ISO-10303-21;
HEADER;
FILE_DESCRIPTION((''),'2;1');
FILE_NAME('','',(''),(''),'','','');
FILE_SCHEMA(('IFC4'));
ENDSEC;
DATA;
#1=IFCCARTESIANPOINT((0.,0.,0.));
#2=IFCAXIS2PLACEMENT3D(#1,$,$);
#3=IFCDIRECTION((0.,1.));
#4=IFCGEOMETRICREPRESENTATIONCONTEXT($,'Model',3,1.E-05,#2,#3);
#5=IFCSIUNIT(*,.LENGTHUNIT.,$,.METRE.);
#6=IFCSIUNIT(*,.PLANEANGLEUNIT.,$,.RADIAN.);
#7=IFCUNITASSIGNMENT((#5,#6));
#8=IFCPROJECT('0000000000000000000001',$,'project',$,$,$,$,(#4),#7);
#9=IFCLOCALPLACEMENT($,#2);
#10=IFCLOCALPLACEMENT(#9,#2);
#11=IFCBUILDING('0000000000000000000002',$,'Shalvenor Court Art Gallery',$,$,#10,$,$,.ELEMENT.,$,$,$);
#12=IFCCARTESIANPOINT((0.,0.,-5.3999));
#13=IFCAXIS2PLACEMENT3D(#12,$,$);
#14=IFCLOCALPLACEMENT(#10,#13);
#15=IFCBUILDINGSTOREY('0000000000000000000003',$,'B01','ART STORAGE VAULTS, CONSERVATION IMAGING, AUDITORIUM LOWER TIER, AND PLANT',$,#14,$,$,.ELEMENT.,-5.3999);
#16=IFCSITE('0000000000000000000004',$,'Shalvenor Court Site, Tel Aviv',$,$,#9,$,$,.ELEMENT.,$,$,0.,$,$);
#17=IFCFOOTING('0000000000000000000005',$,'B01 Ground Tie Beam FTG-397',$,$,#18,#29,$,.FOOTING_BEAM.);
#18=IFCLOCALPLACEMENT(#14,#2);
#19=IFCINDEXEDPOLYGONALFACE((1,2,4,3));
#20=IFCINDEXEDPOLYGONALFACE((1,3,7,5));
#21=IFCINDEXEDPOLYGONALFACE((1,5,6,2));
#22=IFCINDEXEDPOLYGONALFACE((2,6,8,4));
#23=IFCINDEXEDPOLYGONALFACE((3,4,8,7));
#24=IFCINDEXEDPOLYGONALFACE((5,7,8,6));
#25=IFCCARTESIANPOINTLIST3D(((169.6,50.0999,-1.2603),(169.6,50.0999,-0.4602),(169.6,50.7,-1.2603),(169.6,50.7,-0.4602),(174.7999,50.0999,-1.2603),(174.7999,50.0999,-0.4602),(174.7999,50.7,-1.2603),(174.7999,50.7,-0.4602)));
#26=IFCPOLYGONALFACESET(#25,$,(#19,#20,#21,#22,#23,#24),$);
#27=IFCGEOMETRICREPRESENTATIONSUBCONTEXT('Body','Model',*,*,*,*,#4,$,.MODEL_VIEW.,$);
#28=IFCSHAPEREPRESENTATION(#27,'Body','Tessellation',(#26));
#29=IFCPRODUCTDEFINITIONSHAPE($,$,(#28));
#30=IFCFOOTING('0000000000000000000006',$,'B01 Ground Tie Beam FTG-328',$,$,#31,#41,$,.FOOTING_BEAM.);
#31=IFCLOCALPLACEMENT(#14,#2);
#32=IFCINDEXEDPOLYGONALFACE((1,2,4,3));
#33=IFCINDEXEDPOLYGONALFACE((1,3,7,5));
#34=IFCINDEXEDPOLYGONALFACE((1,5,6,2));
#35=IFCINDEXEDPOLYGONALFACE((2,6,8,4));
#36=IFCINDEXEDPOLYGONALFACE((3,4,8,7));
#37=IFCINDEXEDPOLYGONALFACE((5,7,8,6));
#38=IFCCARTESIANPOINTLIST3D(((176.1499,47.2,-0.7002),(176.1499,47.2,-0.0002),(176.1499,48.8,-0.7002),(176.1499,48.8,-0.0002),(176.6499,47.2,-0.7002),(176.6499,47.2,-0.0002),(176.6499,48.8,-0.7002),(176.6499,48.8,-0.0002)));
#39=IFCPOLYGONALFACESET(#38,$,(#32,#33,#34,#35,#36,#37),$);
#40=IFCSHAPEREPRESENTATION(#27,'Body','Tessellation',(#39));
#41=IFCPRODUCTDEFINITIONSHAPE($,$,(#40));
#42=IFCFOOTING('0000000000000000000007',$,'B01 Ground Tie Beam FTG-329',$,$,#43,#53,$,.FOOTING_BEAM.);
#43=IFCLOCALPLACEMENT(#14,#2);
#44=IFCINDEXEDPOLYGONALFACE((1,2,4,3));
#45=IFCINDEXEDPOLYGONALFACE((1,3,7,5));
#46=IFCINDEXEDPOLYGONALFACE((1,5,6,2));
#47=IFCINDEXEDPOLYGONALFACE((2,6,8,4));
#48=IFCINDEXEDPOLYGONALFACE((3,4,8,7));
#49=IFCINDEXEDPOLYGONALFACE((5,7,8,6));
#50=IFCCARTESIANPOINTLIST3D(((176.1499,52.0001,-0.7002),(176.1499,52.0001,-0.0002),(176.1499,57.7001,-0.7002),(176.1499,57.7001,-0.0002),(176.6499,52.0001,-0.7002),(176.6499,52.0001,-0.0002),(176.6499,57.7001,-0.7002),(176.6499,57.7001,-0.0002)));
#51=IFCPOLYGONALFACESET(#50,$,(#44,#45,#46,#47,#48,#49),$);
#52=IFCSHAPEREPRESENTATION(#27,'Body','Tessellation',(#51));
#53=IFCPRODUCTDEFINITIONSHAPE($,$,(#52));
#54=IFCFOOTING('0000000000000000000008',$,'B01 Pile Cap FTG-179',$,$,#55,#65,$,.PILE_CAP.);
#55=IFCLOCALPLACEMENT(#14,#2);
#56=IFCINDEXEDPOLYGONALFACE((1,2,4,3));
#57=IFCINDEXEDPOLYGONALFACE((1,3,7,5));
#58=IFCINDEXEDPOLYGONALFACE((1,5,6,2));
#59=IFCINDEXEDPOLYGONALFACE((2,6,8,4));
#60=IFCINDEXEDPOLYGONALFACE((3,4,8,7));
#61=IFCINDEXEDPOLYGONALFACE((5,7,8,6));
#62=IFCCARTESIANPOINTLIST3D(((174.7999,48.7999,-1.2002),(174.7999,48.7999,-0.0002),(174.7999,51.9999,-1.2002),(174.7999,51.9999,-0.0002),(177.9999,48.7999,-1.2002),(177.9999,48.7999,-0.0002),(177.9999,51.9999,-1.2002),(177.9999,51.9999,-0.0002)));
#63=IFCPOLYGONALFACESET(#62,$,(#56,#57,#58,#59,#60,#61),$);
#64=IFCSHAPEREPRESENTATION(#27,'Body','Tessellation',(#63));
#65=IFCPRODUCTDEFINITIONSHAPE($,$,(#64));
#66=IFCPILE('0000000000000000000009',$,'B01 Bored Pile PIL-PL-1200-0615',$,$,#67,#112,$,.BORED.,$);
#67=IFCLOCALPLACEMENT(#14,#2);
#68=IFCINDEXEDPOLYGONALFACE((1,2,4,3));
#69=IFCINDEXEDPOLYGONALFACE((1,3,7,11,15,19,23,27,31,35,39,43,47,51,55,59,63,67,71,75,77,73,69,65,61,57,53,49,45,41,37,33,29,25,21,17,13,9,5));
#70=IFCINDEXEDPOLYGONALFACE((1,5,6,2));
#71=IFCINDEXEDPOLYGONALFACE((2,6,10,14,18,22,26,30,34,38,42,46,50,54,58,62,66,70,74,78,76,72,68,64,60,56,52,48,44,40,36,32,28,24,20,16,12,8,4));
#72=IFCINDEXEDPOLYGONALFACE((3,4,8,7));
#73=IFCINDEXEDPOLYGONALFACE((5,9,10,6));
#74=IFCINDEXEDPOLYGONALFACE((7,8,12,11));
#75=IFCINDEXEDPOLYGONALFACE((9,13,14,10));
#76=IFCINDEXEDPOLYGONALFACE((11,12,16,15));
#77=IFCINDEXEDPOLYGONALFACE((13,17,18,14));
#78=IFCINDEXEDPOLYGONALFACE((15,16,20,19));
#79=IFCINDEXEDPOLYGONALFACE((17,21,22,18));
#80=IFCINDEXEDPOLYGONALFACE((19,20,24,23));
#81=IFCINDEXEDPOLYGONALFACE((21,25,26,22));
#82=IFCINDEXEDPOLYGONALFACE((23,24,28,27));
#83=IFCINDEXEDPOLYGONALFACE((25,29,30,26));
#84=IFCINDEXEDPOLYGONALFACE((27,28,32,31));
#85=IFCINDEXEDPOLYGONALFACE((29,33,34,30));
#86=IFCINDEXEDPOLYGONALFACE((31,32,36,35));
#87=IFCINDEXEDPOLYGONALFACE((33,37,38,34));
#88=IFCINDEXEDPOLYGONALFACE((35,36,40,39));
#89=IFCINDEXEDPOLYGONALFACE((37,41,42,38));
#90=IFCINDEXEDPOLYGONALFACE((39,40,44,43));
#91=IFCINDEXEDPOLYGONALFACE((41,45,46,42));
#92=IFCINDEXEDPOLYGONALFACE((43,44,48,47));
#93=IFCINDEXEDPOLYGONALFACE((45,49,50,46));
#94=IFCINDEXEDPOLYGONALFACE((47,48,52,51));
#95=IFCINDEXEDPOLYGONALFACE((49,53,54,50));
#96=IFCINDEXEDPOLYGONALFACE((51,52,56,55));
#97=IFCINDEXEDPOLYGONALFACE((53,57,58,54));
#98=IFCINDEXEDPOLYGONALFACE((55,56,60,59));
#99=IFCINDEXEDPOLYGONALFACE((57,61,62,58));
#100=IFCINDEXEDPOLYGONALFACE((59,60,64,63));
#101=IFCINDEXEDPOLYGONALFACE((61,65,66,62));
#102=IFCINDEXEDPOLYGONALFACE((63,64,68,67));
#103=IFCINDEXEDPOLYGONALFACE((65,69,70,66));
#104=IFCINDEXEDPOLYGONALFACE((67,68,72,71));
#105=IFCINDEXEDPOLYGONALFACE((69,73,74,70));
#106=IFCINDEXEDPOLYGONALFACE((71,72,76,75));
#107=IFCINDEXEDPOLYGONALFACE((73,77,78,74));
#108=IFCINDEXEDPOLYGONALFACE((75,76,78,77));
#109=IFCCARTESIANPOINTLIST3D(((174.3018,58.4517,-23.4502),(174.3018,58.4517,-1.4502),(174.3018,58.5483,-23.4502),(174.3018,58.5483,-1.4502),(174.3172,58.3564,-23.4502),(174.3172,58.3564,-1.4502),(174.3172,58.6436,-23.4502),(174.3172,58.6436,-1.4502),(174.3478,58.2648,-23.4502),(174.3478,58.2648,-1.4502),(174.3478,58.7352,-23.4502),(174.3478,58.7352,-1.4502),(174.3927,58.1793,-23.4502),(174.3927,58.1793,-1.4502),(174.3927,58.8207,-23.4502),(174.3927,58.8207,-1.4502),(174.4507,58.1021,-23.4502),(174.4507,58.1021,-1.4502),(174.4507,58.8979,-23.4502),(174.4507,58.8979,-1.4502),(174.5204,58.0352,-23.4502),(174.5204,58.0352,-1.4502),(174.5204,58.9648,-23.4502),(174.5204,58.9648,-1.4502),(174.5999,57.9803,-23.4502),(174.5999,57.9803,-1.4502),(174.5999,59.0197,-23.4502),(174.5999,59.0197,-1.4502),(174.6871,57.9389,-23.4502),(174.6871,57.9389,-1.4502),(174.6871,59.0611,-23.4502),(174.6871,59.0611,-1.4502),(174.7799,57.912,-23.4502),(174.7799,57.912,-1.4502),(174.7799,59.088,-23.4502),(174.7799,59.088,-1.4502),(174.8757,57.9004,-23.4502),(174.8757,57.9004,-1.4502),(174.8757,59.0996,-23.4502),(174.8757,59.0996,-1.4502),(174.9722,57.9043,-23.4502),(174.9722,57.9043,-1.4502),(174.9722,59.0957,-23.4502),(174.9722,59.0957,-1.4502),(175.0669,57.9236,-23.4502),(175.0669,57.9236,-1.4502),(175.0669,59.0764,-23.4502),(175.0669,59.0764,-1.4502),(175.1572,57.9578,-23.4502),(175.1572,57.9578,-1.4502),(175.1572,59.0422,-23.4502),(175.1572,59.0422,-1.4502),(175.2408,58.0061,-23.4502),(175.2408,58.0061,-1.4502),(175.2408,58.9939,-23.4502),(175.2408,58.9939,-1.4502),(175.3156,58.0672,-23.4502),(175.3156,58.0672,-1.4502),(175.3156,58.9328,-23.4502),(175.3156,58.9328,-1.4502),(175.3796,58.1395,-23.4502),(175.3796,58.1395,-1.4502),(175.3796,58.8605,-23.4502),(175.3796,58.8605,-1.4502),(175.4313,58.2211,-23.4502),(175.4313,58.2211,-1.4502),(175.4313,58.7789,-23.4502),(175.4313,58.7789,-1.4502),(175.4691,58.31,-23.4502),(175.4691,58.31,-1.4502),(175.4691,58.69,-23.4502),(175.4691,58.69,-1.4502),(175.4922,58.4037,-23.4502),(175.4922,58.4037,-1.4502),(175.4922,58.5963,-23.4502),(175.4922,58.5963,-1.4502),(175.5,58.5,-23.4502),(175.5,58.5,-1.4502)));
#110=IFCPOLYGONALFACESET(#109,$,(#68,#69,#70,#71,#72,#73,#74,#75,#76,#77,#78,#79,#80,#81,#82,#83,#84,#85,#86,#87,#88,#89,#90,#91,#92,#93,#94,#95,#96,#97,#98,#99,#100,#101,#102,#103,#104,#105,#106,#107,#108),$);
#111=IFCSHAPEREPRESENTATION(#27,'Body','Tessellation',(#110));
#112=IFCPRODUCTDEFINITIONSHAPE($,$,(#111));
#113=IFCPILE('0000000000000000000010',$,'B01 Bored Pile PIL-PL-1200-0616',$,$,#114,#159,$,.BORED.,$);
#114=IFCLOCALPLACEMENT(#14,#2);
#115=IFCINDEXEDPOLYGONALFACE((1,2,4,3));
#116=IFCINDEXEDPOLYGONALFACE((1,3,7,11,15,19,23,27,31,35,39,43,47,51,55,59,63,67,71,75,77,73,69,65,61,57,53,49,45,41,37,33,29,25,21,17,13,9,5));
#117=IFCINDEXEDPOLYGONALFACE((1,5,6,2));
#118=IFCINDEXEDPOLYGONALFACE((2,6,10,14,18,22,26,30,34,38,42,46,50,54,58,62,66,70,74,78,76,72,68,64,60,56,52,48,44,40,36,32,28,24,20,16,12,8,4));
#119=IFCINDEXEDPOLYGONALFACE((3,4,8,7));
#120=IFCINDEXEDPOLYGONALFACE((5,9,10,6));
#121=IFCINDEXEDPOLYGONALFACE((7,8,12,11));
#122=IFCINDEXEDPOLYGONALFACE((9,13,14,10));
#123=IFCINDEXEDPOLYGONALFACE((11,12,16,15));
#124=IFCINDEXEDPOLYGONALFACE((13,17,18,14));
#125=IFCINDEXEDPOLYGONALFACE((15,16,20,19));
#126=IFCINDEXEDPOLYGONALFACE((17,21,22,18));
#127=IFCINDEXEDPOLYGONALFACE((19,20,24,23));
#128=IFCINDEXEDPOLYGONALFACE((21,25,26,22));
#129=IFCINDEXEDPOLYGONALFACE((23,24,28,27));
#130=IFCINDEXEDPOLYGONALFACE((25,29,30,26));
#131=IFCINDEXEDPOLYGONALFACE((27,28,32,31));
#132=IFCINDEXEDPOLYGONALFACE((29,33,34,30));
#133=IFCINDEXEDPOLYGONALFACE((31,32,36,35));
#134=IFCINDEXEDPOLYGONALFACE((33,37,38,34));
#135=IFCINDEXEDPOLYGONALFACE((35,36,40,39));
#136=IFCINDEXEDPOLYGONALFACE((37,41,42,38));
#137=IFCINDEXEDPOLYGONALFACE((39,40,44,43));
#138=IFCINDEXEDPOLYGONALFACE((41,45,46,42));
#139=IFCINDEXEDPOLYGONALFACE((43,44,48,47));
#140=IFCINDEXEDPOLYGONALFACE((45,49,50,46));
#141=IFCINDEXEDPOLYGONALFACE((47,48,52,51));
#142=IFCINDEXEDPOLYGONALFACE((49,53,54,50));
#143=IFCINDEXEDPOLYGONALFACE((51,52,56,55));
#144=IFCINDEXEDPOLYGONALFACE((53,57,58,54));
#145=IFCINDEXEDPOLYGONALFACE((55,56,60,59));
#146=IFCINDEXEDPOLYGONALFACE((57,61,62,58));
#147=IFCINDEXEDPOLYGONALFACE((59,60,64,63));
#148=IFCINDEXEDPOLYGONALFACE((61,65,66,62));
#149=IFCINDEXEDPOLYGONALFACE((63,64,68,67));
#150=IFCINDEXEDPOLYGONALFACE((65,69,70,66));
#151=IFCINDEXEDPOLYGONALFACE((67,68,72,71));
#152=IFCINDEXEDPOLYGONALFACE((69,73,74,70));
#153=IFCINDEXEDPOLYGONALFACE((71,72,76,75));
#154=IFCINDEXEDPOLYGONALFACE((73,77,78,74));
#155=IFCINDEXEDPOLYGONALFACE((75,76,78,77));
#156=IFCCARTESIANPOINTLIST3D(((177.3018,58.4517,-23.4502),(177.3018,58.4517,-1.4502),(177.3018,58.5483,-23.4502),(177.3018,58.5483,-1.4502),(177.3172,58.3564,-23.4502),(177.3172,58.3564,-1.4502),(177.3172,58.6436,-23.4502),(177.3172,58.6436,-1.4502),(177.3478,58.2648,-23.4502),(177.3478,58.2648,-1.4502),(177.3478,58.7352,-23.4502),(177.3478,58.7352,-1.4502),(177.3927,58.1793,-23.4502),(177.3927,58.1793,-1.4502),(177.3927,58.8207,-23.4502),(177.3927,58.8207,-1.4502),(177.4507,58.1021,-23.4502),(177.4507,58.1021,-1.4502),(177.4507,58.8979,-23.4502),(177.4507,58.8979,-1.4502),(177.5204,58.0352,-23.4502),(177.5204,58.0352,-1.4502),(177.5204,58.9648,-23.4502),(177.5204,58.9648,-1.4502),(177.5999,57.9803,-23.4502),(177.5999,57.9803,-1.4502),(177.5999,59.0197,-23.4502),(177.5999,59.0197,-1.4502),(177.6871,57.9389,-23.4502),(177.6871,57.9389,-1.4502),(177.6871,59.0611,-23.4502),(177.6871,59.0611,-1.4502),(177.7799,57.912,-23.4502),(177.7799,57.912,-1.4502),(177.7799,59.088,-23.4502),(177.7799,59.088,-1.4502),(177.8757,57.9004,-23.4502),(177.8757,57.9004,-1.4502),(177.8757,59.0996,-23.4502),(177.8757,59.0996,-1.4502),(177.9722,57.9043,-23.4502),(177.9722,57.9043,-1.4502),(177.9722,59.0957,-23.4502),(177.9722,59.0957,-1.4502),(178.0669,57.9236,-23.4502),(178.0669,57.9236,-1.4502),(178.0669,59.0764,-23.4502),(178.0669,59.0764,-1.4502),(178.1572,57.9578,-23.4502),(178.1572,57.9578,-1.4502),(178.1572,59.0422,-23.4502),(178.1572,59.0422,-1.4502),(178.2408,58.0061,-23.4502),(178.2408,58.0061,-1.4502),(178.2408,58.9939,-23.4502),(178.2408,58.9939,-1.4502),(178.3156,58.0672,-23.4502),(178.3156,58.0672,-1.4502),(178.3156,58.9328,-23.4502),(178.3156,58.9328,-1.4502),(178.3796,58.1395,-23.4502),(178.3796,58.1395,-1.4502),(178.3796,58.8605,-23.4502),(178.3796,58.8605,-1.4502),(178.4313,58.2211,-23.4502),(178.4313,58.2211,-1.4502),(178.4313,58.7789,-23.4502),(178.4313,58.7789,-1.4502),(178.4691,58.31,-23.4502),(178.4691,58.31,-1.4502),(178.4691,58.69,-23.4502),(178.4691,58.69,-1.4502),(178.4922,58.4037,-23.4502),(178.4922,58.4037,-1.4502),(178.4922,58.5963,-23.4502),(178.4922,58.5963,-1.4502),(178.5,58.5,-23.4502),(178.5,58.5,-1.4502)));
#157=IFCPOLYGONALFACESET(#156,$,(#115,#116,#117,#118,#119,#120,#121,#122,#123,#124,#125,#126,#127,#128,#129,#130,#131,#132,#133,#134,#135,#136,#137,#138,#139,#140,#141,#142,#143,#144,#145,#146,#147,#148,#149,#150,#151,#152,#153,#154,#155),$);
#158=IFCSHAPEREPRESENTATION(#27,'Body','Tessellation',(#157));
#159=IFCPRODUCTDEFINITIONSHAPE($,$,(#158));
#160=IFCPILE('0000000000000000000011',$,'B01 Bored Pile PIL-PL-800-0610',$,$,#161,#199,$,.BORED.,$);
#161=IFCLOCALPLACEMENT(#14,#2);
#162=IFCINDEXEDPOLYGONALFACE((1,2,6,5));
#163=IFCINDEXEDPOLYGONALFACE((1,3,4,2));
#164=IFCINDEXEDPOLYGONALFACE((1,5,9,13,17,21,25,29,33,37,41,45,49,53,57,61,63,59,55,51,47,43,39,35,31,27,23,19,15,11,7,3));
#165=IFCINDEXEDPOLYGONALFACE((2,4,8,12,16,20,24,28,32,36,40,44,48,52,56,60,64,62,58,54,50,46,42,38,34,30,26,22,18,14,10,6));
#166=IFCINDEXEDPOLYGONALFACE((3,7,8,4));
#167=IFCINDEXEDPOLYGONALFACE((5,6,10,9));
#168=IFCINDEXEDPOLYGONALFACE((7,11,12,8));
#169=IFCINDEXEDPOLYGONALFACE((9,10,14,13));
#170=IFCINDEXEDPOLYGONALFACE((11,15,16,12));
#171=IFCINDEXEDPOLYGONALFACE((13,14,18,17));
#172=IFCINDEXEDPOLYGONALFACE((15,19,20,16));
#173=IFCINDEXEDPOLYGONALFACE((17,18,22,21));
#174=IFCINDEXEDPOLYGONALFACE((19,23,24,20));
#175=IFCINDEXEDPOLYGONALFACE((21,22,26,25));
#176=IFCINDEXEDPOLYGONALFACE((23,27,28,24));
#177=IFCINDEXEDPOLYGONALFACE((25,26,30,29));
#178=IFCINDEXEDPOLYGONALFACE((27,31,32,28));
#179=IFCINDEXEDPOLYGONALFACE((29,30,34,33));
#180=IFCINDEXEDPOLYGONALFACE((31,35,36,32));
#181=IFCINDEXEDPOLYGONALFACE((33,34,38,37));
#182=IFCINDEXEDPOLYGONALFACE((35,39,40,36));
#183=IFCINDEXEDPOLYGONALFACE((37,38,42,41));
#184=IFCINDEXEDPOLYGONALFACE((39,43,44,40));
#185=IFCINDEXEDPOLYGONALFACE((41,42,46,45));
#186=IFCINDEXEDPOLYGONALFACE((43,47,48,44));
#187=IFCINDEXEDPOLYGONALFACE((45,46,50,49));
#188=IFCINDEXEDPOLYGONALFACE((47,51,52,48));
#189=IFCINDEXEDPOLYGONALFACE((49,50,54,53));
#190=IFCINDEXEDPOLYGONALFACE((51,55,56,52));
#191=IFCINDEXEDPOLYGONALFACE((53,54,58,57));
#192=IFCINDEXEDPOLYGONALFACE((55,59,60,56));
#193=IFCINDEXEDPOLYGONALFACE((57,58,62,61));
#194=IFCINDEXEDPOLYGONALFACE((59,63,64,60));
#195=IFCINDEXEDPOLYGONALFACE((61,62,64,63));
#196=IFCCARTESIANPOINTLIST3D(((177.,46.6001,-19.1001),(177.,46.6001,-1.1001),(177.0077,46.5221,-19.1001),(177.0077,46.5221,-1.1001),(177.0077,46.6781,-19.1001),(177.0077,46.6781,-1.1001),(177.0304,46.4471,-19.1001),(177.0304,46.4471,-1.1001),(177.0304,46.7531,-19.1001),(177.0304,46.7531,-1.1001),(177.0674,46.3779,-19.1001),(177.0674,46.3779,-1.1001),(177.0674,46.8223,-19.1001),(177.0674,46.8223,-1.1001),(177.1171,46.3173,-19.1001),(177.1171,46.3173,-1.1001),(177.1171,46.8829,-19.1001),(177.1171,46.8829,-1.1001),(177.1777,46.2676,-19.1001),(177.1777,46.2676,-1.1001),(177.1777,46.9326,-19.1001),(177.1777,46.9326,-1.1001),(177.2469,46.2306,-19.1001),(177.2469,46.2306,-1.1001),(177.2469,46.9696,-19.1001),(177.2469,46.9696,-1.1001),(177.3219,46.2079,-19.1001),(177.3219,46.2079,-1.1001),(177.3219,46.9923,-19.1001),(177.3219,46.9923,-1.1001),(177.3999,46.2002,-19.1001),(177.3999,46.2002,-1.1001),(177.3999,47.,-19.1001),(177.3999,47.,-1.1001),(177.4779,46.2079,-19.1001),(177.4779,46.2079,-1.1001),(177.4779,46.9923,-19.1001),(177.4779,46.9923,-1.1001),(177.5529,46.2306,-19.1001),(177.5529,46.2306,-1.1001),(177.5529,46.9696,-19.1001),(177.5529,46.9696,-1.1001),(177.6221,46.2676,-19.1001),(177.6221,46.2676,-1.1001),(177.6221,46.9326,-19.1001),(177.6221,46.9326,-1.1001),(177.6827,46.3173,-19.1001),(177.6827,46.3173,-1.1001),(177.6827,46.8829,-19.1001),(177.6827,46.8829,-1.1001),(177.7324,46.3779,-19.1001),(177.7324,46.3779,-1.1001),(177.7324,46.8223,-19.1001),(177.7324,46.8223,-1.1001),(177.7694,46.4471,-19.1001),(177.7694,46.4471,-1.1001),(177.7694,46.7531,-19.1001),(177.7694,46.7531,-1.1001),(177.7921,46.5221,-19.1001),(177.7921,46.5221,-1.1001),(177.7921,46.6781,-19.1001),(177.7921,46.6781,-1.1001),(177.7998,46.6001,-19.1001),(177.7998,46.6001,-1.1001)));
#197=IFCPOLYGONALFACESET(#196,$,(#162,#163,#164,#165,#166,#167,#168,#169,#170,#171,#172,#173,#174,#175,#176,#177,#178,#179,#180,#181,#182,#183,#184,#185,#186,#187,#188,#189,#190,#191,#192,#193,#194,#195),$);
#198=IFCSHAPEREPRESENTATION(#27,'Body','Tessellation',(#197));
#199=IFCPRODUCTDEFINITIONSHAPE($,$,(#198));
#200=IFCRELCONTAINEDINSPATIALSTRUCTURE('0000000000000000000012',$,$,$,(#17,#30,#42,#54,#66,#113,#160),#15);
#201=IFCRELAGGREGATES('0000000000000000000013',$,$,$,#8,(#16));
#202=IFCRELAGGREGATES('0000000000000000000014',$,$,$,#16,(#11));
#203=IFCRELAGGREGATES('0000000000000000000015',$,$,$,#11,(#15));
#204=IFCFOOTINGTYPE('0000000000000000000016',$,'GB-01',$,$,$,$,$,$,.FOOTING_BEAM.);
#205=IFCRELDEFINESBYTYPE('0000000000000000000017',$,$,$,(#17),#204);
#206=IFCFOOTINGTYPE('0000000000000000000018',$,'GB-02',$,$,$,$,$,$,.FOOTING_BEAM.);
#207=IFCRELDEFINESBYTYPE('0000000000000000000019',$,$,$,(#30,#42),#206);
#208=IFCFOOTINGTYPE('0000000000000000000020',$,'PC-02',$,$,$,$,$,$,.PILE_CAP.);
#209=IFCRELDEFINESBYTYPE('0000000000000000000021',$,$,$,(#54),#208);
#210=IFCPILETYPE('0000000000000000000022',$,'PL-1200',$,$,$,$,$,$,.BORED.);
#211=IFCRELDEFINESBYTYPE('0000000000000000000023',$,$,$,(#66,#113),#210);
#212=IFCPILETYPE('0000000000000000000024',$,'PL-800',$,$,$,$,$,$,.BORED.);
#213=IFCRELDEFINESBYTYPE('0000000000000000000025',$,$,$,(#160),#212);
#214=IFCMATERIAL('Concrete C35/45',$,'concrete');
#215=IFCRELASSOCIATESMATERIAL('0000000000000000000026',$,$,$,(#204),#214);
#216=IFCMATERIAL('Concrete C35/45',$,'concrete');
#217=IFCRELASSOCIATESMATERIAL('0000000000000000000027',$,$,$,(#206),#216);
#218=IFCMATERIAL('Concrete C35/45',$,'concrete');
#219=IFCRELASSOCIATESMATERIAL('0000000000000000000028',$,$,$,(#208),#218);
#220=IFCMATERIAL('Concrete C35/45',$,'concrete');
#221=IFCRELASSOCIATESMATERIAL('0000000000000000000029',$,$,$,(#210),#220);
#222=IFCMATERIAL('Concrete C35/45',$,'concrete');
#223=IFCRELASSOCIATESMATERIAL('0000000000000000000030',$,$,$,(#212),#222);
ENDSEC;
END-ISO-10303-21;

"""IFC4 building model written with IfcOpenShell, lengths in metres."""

from ifc_helpers import new_model, si_unit, direction, frame, origin, origin_2d, place, context, subcontext, project, spatial, rectangle, circle, extrude, material, material_profile, profile_set, type_object, element, save


model = new_model("IFC4")

# Units and contexts
model_context = context("Model", 3, precision=1e-05, world=origin(), true_north=direction((0.0, 1.0)))
body_context = subcontext(model_context, "Body", "Model", "MODEL_VIEW")
ifc_project = project(units=[si_unit("LENGTHUNIT", "METRE"), si_unit("PLANEANGLEUNIT", "RADIAN")], contexts=[model_context])

# Site, building, storey
site_placement = place(None, origin())
site = spatial("IfcSite", under=ifc_project, at=site_placement, Name="Shalvenor Court Site, Tel Aviv", CompositionType="ELEMENT", RefElevation=0.0)
building_placement = place(site_placement, origin())
building = spatial("IfcBuilding", under=site, at=building_placement, Name="Shalvenor Court Art Gallery", CompositionType="ELEMENT")
storey_placement = place(building_placement, frame((0.0, 0.0, -5.3999)))
storey = spatial("IfcBuildingStorey", under=building, at=storey_placement, Name="B01", Description="ART STORAGE VAULTS, CONSERVATION IMAGING, AUDITORIUM LOWER TIER, AND PLANT", CompositionType="ELEMENT", Elevation=-5.3999)

# Footings
ifc_material_1 = material(Name="Concrete C35/45", Category="concrete")
footing_type_1 = type_object("IfcFootingType", Name="GB-01", PredefinedType="FOOTING_BEAM", material=ifc_material_1)
footing_1_placement = place(storey_placement, frame((172.2, 50.3999, -1.2603), z_axis=(0.0, 0.0, 1.0), x_axis=(1.0, 0.0, 0.0)))
element("IfcFooting", 1, at=footing_1_placement, inside=storey, type_object=footing_type_1, Name="B01 Ground Tie Beam FTG-397", PredefinedType="FOOTING_BEAM", context=body_context, shape_type="SweptSolid", body=[
    extrude(rectangle(XDim=5.2, YDim=0.6001, at=origin_2d()), origin(), (0.0, 0.0, 1.0), 0.8),
])
ifc_material_2 = material(Name="Concrete C35/45", Category="concrete")
footing_type_2 = type_object("IfcFootingType", Name="GB-02", PredefinedType="FOOTING_BEAM", material=ifc_material_2)
footing_2_placement = place(storey_placement, frame((176.3999, 48.0, -0.7002), z_axis=(0.0, 0.0, 1.0), x_axis=(0.0, 1.0, 0.0)))
element("IfcFooting", 2, at=footing_2_placement, inside=storey, type_object=footing_type_2, Name="B01 Ground Tie Beam FTG-328", PredefinedType="FOOTING_BEAM", context=body_context, shape_type="SweptSolid", body=[
    extrude(rectangle(XDim=1.6001, YDim=0.5, at=origin_2d()), origin(), (0.0, 0.0, 1.0), 0.7),
])
footing_3_placement = place(storey_placement, frame((176.3999, 54.8501, -0.7002), z_axis=(0.0, 0.0, 1.0), x_axis=(0.0, 1.0, 0.0)))
element("IfcFooting", 3, at=footing_3_placement, inside=storey, type_object=footing_type_2, Name="B01 Ground Tie Beam FTG-329", PredefinedType="FOOTING_BEAM", context=body_context, shape_type="SweptSolid", body=[
    extrude(rectangle(XDim=5.7, YDim=0.5, at=origin_2d()), origin(), (0.0, 0.0, 1.0), 0.7),
])
ifc_material_3 = material(Name="Concrete C35/45", Category="concrete")
footing_type_3 = type_object("IfcFootingType", Name="PC-02", PredefinedType="PILE_CAP", material=ifc_material_3)
footing_4_placement = place(storey_placement, frame((176.3999, 50.3999, -1.2002), z_axis=(0.0, 0.0, 1.0), x_axis=(1.0, 0.0, 0.0)))
element("IfcFooting", 4, at=footing_4_placement, inside=storey, type_object=footing_type_3, Name="B01 Pile Cap FTG-179", PredefinedType="PILE_CAP", context=body_context, shape_type="SweptSolid", body=[
    extrude(rectangle(XDim=3.2, YDim=3.2, at=origin_2d()), origin(), (0.0, 0.0, 1.0), 1.2),
])

# Piles
ifc_material_4 = material(Name="Concrete C35/45", Category="concrete")
ifc_material_profile_1 = material_profile(ifc_material_4, circle(Radius=0.6001, at=origin_2d()), Name="PILE 1200")
ifc_profile_set_1 = profile_set([ifc_material_profile_1], Name="Concrete C35/45")
pile_type_1 = type_object("IfcPileType", Name="PL-1200", PredefinedType="BORED", material=ifc_profile_set_1)
for number, where, z_axis, x_axis, name in (
    (5, (174.8999, 58.5, -1.4502), (0.0, 0.0, -1.0), (1.0, 0.0, 0.0), "B01 Bored Pile PIL-PL-1200-0615"),
    (6, (177.8999, 58.5, -1.4502), (0.0, 0.0, -1.0), (1.0, 0.0, 0.0), "B01 Bored Pile PIL-PL-1200-0616"),
):
    element("IfcPile", number, at=place(storey_placement, frame(where, z_axis=z_axis, x_axis=x_axis)), inside=storey, type_object=pile_type_1, Name=name, PredefinedType="BORED", context=body_context, shape_type="SweptSolid", body=[
        extrude(circle(Radius=0.6001, at=origin_2d()), origin(), (0.0, 0.0, 1.0), 22.0),
    ])
ifc_material_5 = material(Name="Concrete C35/45", Category="concrete")
ifc_material_profile_2 = material_profile(ifc_material_5, circle(Radius=0.3999, at=origin_2d()), Name="PILE 800")
ifc_profile_set_2 = profile_set([ifc_material_profile_2], Name="Concrete C35/45")
pile_type_2 = type_object("IfcPileType", Name="PL-800", PredefinedType="BORED", material=ifc_profile_set_2)
for number, where, z_axis, x_axis, name in (
    (7, (177.3999, 46.6001, -1.1001), (0.0, 0.0, -1.0), (1.0, 0.0, 0.0), "B01 Bored Pile PIL-PL-800-0610"),
):
    element("IfcPile", number, at=place(storey_placement, frame(where, z_axis=z_axis, x_axis=x_axis)), inside=storey, type_object=pile_type_2, Name=name, PredefinedType="BORED", context=body_context, shape_type="SweptSolid", body=[
        extrude(circle(Radius=0.3999, at=origin_2d()), origin(), (0.0, 0.0, 1.0), 18.0),
    ])

save(model, "model.ifc")
